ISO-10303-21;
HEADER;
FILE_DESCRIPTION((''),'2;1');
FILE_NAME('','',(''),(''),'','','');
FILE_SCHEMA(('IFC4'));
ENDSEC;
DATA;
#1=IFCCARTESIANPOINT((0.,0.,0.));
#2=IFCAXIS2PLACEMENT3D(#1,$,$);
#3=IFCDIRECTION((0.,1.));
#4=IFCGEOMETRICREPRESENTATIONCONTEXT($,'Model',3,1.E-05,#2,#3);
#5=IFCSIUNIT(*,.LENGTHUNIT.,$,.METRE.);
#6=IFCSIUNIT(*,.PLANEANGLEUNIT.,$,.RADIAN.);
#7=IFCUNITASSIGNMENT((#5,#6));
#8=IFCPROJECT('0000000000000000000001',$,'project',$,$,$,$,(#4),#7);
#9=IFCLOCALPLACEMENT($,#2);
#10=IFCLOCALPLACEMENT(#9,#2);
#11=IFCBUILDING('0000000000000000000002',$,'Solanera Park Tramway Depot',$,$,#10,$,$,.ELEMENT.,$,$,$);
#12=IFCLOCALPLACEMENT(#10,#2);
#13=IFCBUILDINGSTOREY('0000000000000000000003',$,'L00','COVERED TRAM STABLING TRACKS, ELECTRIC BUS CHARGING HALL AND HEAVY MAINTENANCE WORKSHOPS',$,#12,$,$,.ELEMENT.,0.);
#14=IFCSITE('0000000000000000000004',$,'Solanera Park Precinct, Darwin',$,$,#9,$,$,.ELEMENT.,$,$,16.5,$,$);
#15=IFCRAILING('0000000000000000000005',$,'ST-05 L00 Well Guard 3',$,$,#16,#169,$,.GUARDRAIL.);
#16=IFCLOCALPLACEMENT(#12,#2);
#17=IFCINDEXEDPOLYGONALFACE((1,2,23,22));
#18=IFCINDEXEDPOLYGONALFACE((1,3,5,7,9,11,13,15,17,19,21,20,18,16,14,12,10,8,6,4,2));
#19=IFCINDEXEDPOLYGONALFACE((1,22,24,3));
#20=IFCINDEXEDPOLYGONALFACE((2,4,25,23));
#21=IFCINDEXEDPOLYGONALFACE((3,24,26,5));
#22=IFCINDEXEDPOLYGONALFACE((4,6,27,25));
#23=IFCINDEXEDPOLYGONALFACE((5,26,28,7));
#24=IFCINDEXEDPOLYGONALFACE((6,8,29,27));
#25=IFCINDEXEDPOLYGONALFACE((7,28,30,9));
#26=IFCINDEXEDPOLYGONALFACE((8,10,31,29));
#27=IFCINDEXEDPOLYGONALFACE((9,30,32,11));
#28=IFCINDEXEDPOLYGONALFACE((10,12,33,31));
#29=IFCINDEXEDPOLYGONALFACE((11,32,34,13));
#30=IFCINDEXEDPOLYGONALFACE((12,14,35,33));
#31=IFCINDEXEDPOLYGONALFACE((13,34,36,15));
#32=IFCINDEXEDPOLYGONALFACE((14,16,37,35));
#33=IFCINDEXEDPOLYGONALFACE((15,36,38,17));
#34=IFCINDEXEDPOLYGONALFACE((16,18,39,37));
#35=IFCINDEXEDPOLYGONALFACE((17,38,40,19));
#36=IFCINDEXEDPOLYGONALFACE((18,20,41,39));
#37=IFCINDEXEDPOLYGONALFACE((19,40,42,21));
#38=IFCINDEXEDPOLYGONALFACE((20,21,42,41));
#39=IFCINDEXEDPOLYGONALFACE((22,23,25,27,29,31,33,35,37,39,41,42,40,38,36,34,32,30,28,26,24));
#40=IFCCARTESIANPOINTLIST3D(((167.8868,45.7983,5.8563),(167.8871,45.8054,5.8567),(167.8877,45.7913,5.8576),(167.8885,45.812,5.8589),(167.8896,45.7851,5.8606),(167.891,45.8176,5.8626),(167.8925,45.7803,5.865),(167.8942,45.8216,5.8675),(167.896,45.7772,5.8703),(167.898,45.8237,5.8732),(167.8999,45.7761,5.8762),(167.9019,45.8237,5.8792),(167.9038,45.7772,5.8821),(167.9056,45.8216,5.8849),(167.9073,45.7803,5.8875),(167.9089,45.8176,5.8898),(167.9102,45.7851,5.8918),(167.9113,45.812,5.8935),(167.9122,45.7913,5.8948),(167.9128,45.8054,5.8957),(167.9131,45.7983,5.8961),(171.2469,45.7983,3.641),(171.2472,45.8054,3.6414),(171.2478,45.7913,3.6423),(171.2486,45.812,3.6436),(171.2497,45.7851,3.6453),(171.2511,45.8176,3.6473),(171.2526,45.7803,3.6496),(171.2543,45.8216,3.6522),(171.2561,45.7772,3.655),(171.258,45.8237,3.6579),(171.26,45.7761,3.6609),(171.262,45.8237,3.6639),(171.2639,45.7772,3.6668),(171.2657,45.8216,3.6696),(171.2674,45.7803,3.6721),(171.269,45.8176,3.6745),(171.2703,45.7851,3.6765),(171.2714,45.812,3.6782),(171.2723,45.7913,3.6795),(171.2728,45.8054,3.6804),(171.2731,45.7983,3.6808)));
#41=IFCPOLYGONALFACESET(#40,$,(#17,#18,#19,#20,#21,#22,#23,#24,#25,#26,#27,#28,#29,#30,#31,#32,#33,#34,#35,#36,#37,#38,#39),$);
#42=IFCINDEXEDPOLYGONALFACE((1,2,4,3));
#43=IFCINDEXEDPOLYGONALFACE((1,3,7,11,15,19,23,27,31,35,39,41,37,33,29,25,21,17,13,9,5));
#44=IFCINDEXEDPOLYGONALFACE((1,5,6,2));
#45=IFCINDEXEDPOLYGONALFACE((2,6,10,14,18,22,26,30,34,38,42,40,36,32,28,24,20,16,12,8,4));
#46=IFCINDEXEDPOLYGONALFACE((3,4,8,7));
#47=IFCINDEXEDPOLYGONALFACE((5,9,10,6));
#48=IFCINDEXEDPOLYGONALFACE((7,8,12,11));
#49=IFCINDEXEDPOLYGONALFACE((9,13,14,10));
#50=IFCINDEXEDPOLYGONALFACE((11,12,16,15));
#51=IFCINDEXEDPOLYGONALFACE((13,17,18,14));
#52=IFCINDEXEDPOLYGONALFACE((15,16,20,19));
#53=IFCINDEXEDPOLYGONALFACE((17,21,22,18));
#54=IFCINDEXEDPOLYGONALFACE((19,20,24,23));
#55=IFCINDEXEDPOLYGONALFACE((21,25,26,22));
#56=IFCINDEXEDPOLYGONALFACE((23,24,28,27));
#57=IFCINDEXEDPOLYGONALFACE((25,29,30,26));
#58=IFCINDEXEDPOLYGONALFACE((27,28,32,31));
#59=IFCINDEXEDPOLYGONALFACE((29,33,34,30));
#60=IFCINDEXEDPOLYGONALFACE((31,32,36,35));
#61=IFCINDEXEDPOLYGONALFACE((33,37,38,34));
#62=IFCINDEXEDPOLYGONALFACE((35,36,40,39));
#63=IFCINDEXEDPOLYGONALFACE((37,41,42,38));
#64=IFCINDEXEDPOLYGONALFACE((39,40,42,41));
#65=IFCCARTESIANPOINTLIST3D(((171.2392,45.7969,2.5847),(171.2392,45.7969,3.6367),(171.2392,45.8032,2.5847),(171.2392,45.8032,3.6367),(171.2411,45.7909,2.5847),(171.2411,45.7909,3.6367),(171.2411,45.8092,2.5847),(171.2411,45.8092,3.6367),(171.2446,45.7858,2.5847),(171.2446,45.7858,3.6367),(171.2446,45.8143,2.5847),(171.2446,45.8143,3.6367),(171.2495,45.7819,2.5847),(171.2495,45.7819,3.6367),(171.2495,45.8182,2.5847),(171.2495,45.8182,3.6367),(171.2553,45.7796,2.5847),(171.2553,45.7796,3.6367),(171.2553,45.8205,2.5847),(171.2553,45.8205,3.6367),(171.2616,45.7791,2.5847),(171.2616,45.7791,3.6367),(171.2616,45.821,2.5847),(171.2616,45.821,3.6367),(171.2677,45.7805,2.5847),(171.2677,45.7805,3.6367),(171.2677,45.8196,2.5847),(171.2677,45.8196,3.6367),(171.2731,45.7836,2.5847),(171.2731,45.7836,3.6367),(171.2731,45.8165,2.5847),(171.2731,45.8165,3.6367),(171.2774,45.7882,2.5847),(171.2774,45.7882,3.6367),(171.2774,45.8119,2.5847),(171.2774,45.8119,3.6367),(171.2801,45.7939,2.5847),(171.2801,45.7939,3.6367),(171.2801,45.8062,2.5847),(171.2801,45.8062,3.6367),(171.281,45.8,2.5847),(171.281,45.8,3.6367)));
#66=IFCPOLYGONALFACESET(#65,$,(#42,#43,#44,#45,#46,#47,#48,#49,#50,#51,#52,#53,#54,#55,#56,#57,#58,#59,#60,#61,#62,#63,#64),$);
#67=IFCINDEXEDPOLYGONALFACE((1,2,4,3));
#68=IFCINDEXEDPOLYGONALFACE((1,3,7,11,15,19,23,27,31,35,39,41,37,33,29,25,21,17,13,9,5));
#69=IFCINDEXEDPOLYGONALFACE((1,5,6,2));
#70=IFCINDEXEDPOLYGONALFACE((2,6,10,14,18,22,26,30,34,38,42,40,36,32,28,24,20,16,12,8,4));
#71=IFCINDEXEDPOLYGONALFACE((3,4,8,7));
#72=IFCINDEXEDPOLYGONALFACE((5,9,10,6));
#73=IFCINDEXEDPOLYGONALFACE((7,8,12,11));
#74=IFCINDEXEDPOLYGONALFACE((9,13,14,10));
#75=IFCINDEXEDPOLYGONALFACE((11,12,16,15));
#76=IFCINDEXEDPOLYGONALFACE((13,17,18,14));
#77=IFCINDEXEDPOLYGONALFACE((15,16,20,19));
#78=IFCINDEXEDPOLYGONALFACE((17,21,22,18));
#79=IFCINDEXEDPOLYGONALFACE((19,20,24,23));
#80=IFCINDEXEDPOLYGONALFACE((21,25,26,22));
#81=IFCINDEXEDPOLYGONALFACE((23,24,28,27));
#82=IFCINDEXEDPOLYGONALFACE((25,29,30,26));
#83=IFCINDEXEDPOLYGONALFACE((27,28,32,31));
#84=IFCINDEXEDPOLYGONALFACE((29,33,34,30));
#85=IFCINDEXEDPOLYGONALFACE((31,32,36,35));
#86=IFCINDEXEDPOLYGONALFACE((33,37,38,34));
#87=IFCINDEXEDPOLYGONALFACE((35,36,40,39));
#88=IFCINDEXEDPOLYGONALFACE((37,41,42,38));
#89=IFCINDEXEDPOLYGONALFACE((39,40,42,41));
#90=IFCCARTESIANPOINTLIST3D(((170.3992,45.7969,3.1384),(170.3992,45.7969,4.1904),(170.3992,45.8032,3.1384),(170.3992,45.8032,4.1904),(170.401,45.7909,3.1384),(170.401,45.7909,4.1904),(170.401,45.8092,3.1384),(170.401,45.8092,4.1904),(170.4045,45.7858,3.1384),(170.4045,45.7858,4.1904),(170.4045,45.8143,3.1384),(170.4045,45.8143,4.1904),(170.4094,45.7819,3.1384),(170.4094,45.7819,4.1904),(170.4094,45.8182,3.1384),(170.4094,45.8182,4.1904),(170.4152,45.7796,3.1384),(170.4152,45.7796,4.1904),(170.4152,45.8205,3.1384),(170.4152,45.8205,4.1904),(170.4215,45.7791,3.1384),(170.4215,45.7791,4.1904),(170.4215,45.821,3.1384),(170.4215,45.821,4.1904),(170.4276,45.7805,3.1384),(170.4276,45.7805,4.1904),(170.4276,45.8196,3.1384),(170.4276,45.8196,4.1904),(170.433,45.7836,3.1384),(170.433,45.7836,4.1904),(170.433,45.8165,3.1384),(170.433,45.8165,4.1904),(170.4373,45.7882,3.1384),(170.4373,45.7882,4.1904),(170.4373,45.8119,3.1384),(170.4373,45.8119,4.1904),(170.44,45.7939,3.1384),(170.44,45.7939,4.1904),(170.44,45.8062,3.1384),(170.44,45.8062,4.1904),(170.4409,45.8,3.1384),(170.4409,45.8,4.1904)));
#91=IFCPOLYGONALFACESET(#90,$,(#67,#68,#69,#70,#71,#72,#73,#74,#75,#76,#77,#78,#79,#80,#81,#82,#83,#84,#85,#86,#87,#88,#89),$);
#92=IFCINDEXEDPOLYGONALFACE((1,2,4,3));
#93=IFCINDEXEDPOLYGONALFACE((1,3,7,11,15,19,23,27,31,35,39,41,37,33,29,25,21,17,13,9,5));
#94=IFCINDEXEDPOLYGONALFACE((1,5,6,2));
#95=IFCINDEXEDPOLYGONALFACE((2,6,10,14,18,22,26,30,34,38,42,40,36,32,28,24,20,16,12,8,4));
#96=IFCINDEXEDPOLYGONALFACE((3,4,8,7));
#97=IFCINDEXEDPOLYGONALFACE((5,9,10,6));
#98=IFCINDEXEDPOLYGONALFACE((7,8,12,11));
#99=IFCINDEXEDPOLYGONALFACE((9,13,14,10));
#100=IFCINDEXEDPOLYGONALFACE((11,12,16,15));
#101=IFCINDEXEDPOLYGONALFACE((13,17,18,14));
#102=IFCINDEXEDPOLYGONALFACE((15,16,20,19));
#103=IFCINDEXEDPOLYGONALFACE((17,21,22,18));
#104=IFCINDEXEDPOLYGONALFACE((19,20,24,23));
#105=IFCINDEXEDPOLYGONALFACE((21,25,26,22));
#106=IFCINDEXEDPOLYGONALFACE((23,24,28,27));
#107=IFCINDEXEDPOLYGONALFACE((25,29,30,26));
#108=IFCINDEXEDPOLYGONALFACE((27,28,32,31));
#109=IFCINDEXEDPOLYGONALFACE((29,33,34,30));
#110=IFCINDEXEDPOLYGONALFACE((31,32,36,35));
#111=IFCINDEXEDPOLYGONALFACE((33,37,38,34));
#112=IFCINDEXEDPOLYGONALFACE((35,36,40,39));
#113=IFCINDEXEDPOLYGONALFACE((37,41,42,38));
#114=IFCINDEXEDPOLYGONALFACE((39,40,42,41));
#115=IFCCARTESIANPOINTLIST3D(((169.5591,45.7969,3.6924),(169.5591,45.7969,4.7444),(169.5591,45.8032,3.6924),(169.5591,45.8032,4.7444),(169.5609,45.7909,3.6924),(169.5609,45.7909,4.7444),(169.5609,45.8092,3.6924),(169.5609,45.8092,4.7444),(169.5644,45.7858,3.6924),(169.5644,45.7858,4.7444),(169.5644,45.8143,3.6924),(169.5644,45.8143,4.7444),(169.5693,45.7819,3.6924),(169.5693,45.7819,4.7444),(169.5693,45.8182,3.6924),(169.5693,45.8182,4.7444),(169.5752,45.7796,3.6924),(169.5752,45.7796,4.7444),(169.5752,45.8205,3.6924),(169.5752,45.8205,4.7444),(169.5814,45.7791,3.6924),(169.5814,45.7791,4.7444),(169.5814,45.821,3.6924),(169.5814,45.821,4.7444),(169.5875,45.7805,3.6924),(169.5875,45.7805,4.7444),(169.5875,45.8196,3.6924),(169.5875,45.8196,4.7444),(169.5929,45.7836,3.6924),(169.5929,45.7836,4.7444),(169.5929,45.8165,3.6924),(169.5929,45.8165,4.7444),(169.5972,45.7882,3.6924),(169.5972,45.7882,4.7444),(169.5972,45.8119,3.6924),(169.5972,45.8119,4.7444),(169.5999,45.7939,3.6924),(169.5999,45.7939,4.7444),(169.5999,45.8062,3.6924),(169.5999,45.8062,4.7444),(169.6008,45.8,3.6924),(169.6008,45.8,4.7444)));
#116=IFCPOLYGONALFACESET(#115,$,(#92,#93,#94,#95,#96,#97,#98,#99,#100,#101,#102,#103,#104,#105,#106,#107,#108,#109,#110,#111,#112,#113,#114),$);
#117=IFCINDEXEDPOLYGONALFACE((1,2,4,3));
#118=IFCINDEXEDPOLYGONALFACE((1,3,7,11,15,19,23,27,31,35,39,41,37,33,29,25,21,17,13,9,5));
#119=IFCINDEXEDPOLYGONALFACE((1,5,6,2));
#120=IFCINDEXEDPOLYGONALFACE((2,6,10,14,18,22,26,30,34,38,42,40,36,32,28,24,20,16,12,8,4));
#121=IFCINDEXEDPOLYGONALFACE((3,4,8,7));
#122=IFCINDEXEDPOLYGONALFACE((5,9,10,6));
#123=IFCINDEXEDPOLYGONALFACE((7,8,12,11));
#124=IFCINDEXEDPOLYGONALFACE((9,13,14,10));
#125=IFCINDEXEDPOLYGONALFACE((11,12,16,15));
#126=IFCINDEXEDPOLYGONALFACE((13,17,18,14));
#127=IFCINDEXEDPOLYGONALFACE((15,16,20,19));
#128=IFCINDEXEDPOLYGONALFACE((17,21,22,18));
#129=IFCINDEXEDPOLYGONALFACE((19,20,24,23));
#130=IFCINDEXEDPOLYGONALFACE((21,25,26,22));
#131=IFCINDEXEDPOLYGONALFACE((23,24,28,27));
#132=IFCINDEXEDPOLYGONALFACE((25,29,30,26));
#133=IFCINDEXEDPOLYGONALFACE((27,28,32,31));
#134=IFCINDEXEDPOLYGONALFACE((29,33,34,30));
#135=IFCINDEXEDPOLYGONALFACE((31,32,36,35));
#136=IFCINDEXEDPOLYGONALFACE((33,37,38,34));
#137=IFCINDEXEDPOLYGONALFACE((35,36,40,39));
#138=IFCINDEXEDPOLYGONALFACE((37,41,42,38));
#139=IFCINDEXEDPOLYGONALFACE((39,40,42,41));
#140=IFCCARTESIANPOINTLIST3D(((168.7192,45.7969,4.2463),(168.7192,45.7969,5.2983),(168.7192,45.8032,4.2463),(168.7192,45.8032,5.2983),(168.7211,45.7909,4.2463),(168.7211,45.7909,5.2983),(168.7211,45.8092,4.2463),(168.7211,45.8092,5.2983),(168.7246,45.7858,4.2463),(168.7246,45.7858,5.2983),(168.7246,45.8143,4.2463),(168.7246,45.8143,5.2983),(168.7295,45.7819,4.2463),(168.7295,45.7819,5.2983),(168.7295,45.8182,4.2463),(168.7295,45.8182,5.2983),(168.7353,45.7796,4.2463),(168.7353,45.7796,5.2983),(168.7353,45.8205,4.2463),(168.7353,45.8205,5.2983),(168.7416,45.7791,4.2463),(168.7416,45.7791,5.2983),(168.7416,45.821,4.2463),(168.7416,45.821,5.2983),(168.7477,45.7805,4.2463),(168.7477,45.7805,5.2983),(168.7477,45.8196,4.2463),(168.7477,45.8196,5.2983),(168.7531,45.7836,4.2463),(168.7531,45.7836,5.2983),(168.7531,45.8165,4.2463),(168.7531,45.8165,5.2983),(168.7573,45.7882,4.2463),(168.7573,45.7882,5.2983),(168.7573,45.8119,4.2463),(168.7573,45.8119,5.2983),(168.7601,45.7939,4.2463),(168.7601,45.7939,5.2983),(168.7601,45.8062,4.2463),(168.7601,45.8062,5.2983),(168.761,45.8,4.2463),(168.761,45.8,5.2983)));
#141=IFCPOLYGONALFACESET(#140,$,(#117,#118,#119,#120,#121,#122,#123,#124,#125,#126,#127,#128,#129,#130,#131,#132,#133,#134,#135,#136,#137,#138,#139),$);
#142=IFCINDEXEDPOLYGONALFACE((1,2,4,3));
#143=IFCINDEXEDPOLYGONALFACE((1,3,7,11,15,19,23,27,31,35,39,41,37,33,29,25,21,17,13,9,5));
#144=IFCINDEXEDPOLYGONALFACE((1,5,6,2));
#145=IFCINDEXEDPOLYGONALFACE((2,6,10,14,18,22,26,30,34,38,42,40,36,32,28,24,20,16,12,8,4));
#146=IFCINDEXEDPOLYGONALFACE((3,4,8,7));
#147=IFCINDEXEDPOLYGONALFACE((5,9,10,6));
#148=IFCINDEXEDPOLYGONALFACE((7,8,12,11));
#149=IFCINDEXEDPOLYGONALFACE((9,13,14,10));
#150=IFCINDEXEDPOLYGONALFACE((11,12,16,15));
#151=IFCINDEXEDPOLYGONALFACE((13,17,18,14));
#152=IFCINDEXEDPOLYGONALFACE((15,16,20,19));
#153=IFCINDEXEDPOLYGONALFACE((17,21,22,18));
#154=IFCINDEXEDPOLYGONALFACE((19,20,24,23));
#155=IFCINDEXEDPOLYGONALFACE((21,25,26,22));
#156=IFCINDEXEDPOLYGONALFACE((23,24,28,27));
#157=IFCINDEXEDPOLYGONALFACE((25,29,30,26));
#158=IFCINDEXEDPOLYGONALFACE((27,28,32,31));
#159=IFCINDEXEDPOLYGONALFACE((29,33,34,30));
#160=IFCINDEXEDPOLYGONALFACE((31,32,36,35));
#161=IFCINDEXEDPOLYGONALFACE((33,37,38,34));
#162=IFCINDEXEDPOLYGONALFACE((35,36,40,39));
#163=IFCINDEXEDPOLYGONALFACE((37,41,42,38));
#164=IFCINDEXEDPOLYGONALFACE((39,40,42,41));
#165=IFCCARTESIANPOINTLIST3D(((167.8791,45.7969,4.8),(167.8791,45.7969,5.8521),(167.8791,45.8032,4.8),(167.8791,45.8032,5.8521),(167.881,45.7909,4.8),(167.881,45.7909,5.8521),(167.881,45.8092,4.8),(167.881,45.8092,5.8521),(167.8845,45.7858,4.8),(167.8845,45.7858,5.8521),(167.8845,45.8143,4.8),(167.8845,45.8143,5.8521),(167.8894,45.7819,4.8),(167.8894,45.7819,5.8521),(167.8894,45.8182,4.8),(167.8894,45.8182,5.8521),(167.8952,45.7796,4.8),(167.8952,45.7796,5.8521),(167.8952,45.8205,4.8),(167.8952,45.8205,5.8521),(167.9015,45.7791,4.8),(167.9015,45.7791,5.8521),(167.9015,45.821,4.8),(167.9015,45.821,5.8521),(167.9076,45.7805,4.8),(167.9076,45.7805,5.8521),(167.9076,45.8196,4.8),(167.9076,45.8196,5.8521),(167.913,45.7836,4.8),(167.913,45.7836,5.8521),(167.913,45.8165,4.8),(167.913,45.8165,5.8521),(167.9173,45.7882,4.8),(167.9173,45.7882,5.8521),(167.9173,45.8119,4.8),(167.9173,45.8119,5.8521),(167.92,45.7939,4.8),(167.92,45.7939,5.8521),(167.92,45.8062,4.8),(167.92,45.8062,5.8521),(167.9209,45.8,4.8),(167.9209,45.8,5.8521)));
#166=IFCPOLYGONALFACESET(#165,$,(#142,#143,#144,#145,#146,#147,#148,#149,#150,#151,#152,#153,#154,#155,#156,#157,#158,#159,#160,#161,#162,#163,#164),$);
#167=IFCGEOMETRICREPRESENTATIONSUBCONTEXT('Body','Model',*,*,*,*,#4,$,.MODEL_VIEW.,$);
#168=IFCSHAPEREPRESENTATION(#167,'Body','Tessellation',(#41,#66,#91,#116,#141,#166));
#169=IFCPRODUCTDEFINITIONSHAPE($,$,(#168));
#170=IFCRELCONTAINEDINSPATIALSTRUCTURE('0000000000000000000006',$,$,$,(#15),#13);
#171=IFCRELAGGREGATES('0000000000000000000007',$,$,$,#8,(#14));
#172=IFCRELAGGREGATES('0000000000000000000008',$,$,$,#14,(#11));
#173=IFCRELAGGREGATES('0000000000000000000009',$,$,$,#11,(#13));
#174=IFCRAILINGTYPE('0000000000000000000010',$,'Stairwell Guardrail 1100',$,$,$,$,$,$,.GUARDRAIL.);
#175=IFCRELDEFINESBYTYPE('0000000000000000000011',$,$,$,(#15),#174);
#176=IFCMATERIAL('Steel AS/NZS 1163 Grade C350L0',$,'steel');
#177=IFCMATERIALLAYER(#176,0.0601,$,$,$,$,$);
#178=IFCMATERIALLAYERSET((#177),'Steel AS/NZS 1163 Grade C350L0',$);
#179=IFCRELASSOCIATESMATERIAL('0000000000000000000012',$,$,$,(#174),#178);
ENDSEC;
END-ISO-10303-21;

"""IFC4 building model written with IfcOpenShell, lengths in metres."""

from ifc_helpers import new_model, si_unit, direction, frame, origin, origin_2d, place, context, subcontext, project, spatial, circle, extrude, material, layer, layer_set, type_object, element, save


model = new_model("IFC4")

# Units and contexts
model_context = context("Model", 3, precision=1e-05, world=origin(), true_north=direction((0.0, 1.0)))
body_context = subcontext(model_context, "Body", "Model", "MODEL_VIEW")
ifc_project = project(units=[si_unit("LENGTHUNIT", "METRE"), si_unit("PLANEANGLEUNIT", "RADIAN")], contexts=[model_context])

# Site, building, storey
site_placement = place(None, origin())
site = spatial("IfcSite", under=ifc_project, at=site_placement, Name="Solanera Park Precinct, Darwin", CompositionType="ELEMENT", RefElevation=16.5)
building_placement = place(site_placement, origin())
building = spatial("IfcBuilding", under=site, at=building_placement, Name="Solanera Park Tramway Depot", CompositionType="ELEMENT")
storey_placement = place(building_placement, origin())
storey = spatial("IfcBuildingStorey", under=building, at=storey_placement, Name="L00", Description="COVERED TRAM STABLING TRACKS, ELECTRIC BUS CHARGING HALL AND HEAVY MAINTENANCE WORKSHOPS", CompositionType="ELEMENT", Elevation=0.0)

# Railing
ifc_material_1 = material(Name="Steel AS/NZS 1163 Grade C350L0", Category="steel")
ifc_layer_1 = layer(ifc_material_1, 0.0601)
ifc_layer_set_1 = layer_set([ifc_layer_1], Name="Steel AS/NZS 1163 Grade C350L0")
railing_type_1 = type_object("IfcRailingType", Name="Stairwell Guardrail 1100", PredefinedType="GUARDRAIL", material=ifc_layer_set_1)
railing_1_placement = place(storey_placement, frame((171.26, 45.8, 2.5847)))
element("IfcRailing", 1, at=railing_1_placement, inside=storey, type_object=railing_type_1, Name="ST-05 L00 Well Guard 3", PredefinedType="GUARDRAIL", context=body_context, shape_type="SweptSolid", body=[
    extrude(circle(Radius=0.0239, at=origin_2d()), frame((0.0, 0.0, 1.0762), z_axis=(-0.834876, 0.0, 0.550437), x_axis=(0.0, -1.0, 0.0)), (0.0, 0.0, 1.0), 4.0247),
    extrude(circle(Radius=0.021, at=origin_2d()), origin(), (0.0, 0.0, 1.0), 1.052),
    extrude(circle(Radius=0.021, at=origin_2d()), frame((-0.8401, 0.0, 0.5537)), (0.0, 0.0, 1.0), 1.052),
    extrude(circle(Radius=0.021, at=origin_2d()), frame((-1.6802, 0.0, 1.1077)), (0.0, 0.0, 1.0), 1.052),
    extrude(circle(Radius=0.021, at=origin_2d()), frame((-2.52, 0.0, 1.6616)), (0.0, 0.0, 1.0), 1.052),
    extrude(circle(Radius=0.021, at=origin_2d()), frame((-3.3601, 0.0, 2.2153)), (0.0, 0.0, 1.0), 1.052),
])

save(model, "model.ifc")
